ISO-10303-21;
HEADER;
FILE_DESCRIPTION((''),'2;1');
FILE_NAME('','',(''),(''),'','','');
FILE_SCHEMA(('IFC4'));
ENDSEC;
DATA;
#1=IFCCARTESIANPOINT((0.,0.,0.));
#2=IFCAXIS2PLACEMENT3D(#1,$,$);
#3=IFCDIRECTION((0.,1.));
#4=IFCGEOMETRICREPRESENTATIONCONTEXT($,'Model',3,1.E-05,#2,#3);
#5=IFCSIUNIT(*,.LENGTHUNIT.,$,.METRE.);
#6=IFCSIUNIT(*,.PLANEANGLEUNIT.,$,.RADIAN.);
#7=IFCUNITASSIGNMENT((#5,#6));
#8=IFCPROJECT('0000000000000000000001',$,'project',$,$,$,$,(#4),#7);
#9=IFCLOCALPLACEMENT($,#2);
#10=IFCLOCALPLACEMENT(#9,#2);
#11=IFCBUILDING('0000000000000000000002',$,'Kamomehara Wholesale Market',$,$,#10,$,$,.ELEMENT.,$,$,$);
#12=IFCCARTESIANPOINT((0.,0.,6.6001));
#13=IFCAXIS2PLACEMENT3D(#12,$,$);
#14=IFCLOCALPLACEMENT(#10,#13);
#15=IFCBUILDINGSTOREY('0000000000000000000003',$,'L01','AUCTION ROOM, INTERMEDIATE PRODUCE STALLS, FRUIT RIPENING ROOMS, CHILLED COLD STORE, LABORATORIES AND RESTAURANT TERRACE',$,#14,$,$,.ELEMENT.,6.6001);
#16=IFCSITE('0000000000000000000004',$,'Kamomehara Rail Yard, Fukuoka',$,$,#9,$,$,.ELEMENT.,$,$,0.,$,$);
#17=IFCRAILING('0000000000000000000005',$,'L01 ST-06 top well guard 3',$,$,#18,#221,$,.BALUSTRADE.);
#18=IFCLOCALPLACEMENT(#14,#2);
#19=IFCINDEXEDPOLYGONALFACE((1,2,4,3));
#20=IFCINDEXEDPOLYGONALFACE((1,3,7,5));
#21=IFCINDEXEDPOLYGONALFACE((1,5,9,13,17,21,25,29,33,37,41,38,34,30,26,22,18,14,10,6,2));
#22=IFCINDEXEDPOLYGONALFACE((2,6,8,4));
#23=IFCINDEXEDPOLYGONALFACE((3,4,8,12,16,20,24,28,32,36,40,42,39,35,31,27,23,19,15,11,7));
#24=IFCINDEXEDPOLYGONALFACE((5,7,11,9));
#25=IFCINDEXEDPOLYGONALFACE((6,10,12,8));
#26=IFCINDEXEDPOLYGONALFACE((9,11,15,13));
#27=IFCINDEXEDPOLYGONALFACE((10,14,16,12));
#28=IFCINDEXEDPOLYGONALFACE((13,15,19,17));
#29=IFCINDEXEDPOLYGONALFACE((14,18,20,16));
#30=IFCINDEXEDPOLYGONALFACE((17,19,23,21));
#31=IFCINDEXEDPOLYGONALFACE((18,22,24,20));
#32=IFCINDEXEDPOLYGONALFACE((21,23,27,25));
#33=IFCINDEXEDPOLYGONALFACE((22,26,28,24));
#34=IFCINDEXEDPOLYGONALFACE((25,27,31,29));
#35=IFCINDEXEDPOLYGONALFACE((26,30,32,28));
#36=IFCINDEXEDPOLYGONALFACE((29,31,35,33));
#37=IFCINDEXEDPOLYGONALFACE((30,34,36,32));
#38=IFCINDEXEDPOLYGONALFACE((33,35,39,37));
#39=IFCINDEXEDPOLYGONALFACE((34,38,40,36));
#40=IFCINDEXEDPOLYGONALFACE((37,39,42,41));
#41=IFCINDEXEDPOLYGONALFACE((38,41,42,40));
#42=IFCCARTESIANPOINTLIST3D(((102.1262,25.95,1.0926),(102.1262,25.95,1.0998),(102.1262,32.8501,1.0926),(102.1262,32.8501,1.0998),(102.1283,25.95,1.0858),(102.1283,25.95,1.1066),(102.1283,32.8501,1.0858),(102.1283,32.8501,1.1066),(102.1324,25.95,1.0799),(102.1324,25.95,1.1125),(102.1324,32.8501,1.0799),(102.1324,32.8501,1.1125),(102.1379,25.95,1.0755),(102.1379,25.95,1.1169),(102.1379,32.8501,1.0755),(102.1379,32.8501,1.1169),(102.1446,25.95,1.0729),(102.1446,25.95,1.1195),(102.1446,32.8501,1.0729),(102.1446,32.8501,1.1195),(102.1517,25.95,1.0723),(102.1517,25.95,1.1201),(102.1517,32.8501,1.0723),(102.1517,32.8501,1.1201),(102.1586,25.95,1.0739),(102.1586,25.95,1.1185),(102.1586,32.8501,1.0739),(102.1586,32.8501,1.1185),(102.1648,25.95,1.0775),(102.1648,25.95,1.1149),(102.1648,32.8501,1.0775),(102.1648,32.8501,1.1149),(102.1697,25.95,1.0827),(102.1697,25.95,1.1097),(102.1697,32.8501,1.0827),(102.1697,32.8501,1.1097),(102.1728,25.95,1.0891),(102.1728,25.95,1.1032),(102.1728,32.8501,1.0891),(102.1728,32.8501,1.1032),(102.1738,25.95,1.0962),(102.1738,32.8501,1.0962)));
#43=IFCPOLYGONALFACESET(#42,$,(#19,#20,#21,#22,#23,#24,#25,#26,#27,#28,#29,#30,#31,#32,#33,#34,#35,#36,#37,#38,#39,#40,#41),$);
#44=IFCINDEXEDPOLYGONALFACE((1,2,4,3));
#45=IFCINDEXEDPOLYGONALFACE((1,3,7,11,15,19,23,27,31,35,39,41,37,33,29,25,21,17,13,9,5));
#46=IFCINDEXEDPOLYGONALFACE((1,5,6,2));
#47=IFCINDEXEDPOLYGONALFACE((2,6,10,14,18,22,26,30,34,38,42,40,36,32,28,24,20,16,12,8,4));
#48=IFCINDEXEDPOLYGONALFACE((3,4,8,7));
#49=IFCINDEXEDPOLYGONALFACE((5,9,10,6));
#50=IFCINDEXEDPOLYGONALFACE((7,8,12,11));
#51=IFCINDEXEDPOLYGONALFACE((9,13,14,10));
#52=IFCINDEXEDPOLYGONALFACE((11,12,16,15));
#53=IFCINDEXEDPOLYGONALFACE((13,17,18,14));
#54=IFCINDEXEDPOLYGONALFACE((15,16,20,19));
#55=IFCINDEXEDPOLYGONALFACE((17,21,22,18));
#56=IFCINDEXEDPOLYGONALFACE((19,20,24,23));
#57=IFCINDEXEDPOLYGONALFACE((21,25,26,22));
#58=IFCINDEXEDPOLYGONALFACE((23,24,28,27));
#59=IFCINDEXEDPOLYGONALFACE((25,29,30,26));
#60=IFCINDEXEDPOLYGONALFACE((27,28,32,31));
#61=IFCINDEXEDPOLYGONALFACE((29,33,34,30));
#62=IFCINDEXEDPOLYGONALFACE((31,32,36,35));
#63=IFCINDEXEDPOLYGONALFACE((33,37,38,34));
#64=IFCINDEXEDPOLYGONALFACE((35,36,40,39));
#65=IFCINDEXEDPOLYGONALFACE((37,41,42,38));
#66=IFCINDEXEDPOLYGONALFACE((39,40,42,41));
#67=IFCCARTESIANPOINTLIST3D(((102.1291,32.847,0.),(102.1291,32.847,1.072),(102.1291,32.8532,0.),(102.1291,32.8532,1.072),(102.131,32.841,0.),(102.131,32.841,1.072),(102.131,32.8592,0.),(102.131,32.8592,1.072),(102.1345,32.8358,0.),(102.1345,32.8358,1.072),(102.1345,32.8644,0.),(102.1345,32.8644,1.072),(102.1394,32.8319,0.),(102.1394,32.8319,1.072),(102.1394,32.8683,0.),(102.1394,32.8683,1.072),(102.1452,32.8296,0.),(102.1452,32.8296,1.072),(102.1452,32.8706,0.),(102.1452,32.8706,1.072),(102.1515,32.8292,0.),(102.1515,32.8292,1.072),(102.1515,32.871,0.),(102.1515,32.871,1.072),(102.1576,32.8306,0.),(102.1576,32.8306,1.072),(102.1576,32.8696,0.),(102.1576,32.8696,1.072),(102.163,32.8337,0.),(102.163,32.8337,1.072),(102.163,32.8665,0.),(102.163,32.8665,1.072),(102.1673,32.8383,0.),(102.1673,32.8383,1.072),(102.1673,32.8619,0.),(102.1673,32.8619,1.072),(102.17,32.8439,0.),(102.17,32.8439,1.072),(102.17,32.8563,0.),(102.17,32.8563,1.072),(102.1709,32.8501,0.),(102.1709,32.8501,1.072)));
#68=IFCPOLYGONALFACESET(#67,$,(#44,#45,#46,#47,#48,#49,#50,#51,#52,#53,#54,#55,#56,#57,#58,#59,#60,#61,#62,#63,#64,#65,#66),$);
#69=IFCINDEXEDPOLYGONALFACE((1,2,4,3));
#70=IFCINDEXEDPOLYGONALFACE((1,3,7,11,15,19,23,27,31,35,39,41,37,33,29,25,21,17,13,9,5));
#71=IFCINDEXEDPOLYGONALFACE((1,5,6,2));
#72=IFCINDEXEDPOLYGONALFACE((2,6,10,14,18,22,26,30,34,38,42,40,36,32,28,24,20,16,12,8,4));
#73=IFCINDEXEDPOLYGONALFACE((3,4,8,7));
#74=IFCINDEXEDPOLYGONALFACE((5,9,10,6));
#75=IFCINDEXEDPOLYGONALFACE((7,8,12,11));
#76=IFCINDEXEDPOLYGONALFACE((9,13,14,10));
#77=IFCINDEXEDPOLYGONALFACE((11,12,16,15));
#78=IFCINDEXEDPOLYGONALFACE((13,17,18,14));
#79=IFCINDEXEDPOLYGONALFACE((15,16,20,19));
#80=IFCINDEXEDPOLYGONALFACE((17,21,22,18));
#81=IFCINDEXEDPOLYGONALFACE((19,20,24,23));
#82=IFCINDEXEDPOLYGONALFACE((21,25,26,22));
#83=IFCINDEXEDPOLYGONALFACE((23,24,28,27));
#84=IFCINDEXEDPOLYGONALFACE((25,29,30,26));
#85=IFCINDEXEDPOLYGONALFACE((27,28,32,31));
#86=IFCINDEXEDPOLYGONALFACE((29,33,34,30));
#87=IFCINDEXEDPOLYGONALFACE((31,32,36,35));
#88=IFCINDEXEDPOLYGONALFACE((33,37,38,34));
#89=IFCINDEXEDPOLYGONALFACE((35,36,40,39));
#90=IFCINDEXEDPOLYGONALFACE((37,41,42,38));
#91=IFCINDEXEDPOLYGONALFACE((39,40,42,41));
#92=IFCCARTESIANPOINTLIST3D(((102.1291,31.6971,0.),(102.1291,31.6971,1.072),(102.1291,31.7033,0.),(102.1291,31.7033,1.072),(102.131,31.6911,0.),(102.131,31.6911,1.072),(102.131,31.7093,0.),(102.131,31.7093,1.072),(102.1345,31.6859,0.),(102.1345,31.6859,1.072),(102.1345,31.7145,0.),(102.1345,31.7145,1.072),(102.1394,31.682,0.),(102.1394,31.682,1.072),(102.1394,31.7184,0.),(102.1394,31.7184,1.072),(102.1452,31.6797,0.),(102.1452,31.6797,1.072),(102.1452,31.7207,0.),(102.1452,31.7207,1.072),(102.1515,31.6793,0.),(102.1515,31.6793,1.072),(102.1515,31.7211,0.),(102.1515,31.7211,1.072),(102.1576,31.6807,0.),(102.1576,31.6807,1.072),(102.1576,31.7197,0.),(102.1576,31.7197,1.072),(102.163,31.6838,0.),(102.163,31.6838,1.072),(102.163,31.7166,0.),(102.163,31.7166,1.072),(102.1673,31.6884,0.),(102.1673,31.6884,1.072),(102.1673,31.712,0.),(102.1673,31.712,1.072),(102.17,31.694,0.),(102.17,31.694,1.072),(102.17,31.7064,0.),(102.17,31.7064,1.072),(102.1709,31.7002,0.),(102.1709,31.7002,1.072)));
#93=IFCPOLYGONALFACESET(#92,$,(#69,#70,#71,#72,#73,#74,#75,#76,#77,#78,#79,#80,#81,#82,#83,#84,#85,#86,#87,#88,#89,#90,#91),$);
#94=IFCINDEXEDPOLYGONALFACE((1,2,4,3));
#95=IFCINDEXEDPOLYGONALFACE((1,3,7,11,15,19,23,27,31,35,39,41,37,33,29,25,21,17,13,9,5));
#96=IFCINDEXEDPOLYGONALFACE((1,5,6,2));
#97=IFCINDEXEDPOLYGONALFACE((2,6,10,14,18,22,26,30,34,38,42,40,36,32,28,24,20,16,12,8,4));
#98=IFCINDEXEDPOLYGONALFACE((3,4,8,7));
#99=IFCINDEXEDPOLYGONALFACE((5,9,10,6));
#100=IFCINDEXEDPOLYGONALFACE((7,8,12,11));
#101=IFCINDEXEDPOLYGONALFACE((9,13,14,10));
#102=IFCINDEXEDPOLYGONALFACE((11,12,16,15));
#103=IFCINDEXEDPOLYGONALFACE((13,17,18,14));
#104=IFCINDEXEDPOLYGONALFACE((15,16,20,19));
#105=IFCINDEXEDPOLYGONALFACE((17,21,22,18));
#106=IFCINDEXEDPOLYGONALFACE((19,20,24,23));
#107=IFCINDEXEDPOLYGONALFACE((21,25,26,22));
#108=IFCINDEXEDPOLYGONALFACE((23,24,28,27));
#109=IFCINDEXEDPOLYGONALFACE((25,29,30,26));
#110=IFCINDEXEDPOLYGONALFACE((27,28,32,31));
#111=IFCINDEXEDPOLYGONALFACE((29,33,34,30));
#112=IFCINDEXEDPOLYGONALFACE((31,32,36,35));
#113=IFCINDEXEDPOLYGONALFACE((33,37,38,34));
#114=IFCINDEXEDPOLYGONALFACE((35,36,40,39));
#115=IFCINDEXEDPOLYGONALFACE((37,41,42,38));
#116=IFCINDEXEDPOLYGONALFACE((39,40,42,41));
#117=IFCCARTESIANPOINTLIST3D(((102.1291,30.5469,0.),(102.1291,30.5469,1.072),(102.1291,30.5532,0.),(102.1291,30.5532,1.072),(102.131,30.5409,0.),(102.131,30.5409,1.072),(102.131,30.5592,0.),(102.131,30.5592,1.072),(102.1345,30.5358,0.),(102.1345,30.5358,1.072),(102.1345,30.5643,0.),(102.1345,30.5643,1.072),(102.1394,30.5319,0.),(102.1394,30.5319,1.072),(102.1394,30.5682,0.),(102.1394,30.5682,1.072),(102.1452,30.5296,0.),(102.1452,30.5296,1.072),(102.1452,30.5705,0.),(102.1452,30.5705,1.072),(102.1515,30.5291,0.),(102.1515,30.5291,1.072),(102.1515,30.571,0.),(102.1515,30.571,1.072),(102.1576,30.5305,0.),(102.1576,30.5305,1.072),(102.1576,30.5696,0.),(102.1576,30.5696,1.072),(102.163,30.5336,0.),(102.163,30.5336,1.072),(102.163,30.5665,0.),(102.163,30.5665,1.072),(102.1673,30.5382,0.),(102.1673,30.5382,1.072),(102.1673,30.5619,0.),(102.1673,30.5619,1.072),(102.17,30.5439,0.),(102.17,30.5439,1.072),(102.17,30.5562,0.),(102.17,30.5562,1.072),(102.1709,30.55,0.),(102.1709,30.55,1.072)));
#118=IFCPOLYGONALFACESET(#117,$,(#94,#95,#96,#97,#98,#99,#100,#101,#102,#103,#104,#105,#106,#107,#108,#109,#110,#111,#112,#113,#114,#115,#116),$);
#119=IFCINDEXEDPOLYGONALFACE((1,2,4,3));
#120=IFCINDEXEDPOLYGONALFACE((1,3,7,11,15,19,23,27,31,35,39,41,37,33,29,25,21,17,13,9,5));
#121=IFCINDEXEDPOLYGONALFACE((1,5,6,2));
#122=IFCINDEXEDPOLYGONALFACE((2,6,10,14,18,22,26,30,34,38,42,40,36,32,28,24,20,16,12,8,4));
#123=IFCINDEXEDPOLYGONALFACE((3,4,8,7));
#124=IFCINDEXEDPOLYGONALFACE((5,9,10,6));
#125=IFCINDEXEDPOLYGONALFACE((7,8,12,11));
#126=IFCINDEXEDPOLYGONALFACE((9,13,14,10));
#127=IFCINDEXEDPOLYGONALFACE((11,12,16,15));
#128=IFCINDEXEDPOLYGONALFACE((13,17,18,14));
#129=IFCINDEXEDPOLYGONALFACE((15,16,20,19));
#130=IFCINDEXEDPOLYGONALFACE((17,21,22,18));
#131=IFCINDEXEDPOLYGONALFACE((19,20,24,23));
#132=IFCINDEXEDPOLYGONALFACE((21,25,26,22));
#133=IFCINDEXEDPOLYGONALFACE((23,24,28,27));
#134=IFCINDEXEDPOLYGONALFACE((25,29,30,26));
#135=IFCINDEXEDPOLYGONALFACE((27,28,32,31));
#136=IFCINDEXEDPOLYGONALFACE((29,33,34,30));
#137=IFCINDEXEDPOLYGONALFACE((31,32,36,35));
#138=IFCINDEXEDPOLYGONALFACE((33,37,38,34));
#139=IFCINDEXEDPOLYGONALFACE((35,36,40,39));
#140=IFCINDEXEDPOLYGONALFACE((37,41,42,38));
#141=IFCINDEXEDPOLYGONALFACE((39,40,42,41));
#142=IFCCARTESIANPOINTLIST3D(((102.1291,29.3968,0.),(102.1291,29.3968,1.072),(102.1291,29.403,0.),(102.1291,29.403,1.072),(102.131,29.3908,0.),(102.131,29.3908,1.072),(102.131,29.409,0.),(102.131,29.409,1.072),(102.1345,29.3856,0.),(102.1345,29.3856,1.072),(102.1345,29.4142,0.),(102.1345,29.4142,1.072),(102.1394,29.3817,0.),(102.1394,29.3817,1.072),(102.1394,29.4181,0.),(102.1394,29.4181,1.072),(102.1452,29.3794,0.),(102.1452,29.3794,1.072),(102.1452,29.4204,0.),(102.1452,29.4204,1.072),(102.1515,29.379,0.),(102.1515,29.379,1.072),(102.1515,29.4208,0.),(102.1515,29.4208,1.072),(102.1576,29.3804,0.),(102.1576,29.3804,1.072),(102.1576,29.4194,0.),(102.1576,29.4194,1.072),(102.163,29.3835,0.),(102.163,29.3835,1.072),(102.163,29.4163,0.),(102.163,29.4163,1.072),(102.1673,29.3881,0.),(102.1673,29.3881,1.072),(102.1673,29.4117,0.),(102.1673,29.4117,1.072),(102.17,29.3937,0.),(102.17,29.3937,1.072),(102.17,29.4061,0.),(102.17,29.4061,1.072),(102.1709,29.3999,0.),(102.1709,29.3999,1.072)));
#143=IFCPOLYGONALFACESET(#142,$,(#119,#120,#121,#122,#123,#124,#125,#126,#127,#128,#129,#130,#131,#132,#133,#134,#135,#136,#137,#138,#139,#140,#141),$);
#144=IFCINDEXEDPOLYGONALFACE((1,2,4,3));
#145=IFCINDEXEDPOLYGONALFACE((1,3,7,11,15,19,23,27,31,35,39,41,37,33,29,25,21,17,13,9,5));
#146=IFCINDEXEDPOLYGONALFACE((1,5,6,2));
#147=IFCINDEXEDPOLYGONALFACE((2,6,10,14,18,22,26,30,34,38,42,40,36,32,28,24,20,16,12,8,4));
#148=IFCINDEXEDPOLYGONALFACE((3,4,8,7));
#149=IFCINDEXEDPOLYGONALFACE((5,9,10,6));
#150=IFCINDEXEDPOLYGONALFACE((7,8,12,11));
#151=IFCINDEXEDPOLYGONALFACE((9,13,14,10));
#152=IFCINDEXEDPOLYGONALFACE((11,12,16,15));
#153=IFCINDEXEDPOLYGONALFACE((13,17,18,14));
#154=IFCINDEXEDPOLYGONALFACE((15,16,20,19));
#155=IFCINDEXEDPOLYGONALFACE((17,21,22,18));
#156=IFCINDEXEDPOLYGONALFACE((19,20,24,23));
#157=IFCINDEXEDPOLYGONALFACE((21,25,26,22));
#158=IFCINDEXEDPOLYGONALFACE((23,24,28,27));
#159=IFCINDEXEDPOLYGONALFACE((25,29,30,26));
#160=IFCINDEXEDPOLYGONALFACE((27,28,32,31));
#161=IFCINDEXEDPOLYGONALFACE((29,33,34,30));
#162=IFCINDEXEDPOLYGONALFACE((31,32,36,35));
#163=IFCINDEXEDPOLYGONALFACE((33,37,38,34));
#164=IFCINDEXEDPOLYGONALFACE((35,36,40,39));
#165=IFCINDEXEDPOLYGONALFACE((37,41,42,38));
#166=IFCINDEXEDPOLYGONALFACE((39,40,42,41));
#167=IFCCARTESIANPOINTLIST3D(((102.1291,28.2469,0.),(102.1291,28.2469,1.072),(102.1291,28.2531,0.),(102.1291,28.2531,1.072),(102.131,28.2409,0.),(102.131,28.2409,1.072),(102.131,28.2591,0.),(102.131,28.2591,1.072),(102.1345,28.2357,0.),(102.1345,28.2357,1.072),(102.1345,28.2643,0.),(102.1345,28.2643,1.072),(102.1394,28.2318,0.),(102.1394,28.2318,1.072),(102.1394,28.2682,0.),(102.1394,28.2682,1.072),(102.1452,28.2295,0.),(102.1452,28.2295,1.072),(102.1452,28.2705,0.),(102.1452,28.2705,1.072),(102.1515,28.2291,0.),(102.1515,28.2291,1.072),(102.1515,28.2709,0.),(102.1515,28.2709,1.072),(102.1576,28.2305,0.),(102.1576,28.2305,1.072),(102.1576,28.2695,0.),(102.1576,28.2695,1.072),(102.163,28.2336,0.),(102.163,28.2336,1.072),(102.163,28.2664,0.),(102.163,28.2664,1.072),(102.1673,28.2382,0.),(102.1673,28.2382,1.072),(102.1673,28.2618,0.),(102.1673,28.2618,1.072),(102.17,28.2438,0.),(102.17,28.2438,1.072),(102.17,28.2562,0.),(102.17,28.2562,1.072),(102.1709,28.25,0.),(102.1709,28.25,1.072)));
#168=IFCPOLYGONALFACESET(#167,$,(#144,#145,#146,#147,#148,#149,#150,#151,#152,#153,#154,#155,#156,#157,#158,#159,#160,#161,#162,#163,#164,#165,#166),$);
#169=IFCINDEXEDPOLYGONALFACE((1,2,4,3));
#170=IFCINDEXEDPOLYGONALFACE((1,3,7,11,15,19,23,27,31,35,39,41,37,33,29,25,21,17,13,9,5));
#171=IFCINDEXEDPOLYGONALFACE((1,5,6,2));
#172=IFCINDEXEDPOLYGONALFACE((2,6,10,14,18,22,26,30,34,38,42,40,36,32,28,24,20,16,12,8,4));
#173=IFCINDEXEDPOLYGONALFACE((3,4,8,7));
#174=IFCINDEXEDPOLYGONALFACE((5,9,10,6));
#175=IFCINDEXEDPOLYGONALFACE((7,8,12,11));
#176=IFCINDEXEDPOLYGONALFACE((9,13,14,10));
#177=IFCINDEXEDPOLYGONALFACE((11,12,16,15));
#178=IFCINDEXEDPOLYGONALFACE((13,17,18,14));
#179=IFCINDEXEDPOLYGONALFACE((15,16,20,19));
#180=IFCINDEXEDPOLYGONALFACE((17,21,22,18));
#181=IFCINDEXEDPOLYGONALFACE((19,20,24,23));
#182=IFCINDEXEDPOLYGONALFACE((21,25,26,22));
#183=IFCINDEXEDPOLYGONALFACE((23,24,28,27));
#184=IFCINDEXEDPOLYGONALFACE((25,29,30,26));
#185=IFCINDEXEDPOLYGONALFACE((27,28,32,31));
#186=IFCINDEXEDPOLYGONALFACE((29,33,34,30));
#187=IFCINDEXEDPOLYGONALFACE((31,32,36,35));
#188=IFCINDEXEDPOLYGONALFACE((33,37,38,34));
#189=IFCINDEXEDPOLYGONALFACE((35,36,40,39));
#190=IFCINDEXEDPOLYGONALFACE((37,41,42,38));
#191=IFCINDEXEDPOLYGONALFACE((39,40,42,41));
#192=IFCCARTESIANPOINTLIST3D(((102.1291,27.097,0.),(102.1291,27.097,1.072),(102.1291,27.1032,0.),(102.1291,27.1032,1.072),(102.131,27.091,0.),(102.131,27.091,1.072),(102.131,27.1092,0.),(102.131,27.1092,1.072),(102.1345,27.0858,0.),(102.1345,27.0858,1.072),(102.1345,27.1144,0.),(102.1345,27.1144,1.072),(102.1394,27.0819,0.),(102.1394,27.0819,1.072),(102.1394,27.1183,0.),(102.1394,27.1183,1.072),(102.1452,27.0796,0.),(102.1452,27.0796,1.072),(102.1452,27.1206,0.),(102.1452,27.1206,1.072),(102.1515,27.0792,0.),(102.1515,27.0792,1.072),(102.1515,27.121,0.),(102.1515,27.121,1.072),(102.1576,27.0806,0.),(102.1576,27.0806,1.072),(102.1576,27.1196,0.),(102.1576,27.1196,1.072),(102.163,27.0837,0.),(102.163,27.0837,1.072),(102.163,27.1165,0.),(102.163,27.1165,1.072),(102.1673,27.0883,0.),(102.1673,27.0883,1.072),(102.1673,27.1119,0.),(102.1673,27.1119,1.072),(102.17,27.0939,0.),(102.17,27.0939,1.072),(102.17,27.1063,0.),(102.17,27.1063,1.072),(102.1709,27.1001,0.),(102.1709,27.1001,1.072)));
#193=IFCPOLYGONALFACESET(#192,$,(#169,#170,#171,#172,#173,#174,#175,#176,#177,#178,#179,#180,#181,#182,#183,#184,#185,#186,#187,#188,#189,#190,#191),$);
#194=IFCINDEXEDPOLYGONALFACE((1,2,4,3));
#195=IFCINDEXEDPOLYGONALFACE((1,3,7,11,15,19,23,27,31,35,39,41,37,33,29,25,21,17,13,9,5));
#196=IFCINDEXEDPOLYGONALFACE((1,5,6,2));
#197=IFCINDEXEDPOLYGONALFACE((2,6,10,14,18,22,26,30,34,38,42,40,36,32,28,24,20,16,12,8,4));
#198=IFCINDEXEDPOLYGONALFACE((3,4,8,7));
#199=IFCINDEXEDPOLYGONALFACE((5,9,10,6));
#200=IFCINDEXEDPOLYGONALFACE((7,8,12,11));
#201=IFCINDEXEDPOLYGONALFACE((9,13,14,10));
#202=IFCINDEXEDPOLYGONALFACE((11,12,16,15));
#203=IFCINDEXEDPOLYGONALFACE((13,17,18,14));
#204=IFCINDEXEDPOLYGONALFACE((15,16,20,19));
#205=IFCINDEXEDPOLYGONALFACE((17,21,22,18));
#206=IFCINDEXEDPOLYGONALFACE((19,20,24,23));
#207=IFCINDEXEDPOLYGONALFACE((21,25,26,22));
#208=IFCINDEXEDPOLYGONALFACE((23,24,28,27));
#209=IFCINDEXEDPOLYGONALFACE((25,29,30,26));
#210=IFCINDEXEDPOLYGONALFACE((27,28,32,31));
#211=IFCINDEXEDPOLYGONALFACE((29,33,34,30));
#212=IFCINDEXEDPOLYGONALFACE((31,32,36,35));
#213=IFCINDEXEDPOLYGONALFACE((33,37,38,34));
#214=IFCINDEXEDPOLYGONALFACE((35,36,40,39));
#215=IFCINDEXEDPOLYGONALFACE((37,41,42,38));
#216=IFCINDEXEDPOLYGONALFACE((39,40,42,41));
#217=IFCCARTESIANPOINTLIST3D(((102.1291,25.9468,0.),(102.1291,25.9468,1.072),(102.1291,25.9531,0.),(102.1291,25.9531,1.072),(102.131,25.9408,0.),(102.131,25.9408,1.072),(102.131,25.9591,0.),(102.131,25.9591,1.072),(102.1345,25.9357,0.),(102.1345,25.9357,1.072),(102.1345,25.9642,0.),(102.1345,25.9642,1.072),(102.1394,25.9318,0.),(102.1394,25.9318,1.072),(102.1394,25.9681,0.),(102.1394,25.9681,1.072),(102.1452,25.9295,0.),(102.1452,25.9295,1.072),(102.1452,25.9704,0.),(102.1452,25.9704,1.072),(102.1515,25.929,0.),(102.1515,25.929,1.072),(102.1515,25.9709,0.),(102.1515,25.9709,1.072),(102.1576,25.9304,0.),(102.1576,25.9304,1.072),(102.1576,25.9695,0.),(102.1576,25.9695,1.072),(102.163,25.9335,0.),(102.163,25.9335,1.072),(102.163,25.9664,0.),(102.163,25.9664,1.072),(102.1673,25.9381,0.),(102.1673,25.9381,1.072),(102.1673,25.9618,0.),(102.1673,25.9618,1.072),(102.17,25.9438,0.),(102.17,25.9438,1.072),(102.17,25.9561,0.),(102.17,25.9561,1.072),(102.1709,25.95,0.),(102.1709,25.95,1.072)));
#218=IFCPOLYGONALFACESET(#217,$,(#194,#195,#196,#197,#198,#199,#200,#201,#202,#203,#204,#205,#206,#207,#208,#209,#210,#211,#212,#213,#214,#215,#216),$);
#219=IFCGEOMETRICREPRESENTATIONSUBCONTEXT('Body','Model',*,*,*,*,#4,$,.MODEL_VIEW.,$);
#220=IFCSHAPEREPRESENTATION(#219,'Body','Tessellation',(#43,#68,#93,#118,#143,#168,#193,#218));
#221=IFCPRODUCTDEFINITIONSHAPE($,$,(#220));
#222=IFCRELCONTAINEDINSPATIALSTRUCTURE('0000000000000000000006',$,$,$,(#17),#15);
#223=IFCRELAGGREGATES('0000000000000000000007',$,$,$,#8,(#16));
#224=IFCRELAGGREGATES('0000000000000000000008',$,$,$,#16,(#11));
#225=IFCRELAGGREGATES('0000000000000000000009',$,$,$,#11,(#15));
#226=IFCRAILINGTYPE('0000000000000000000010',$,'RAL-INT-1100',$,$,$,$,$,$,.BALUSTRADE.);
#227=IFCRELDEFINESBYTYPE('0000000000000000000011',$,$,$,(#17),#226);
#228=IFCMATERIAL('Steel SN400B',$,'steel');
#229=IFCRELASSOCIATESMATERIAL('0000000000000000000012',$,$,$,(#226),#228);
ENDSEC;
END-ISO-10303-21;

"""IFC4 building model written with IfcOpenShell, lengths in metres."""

from ifc_helpers import new_model, si_unit, direction, frame, origin, origin_2d, place, context, subcontext, project, spatial, circle, extrude, material, type_object, element, save


model = new_model("IFC4")

# Units and contexts
model_context = context("Model", 3, precision=1e-05, world=origin(), true_north=direction((0.0, 1.0)))
body_context = subcontext(model_context, "Body", "Model", "MODEL_VIEW")
ifc_project = project(units=[si_unit("LENGTHUNIT", "METRE"), si_unit("PLANEANGLEUNIT", "RADIAN")], contexts=[model_context])

# Site, building, storey
site_placement = place(None, origin())
site = spatial("IfcSite", under=ifc_project, at=site_placement, Name="Kamomehara Rail Yard, Fukuoka", CompositionType="ELEMENT", RefElevation=0.0)
building_placement = place(site_placement, origin())
building = spatial("IfcBuilding", under=site, at=building_placement, Name="Kamomehara Wholesale Market", CompositionType="ELEMENT")
storey_placement = place(building_placement, frame((0.0, 0.0, 6.6001)))
storey = spatial("IfcBuildingStorey", under=building, at=storey_placement, Name="L01", Description="AUCTION ROOM, INTERMEDIATE PRODUCE STALLS, FRUIT RIPENING ROOMS, CHILLED COLD STORE, LABORATORIES AND RESTAURANT TERRACE", CompositionType="ELEMENT", Elevation=6.6001)

# Railing
ifc_material_1 = material(Name="Steel SN400B", Category="steel")
railing_type = type_object("IfcRailingType", Name="RAL-INT-1100", PredefinedType="BALUSTRADE", material=ifc_material_1)
railing_1_placement = place(storey_placement, frame((102.1499, 32.8501, 0.0)))
element("IfcRailing", 1, at=railing_1_placement, inside=storey, type_object=railing_type, Name="L01 ST-06 top well guard 3", PredefinedType="BALUSTRADE", context=body_context, shape_type="SweptSolid", body=[
    extrude(circle(Radius=0.0239, at=origin_2d()), frame((0.0, 0.0, 1.0962), z_axis=(0.0, -1.0, 0.0), x_axis=(1.0, 0.0, 0.0)), (0.0, 0.0, 1.0), 6.9001),
    extrude(circle(Radius=0.021, at=origin_2d()), origin(), (0.0, 0.0, 1.0), 1.072),
    extrude(circle(Radius=0.021, at=origin_2d()), frame((0.0, -1.1499, 0.0)), (0.0, 0.0, 1.0), 1.072),
    extrude(circle(Radius=0.021, at=origin_2d()), frame((0.0, -2.3, 0.0)), (0.0, 0.0, 1.0), 1.072),
    extrude(circle(Radius=0.021, at=origin_2d()), frame((0.0, -3.4502, 0.0)), (0.0, 0.0, 1.0), 1.072),
    extrude(circle(Radius=0.021, at=origin_2d()), frame((0.0, -4.6001, 0.0)), (0.0, 0.0, 1.0), 1.072),
    extrude(circle(Radius=0.021, at=origin_2d()), frame((0.0, -5.75, 0.0)), (0.0, 0.0, 1.0), 1.072),
    extrude(circle(Radius=0.021, at=origin_2d()), frame((0.0, -6.9001, 0.0)), (0.0, 0.0, 1.0), 1.072),
])

save(model, "model.ifc")
